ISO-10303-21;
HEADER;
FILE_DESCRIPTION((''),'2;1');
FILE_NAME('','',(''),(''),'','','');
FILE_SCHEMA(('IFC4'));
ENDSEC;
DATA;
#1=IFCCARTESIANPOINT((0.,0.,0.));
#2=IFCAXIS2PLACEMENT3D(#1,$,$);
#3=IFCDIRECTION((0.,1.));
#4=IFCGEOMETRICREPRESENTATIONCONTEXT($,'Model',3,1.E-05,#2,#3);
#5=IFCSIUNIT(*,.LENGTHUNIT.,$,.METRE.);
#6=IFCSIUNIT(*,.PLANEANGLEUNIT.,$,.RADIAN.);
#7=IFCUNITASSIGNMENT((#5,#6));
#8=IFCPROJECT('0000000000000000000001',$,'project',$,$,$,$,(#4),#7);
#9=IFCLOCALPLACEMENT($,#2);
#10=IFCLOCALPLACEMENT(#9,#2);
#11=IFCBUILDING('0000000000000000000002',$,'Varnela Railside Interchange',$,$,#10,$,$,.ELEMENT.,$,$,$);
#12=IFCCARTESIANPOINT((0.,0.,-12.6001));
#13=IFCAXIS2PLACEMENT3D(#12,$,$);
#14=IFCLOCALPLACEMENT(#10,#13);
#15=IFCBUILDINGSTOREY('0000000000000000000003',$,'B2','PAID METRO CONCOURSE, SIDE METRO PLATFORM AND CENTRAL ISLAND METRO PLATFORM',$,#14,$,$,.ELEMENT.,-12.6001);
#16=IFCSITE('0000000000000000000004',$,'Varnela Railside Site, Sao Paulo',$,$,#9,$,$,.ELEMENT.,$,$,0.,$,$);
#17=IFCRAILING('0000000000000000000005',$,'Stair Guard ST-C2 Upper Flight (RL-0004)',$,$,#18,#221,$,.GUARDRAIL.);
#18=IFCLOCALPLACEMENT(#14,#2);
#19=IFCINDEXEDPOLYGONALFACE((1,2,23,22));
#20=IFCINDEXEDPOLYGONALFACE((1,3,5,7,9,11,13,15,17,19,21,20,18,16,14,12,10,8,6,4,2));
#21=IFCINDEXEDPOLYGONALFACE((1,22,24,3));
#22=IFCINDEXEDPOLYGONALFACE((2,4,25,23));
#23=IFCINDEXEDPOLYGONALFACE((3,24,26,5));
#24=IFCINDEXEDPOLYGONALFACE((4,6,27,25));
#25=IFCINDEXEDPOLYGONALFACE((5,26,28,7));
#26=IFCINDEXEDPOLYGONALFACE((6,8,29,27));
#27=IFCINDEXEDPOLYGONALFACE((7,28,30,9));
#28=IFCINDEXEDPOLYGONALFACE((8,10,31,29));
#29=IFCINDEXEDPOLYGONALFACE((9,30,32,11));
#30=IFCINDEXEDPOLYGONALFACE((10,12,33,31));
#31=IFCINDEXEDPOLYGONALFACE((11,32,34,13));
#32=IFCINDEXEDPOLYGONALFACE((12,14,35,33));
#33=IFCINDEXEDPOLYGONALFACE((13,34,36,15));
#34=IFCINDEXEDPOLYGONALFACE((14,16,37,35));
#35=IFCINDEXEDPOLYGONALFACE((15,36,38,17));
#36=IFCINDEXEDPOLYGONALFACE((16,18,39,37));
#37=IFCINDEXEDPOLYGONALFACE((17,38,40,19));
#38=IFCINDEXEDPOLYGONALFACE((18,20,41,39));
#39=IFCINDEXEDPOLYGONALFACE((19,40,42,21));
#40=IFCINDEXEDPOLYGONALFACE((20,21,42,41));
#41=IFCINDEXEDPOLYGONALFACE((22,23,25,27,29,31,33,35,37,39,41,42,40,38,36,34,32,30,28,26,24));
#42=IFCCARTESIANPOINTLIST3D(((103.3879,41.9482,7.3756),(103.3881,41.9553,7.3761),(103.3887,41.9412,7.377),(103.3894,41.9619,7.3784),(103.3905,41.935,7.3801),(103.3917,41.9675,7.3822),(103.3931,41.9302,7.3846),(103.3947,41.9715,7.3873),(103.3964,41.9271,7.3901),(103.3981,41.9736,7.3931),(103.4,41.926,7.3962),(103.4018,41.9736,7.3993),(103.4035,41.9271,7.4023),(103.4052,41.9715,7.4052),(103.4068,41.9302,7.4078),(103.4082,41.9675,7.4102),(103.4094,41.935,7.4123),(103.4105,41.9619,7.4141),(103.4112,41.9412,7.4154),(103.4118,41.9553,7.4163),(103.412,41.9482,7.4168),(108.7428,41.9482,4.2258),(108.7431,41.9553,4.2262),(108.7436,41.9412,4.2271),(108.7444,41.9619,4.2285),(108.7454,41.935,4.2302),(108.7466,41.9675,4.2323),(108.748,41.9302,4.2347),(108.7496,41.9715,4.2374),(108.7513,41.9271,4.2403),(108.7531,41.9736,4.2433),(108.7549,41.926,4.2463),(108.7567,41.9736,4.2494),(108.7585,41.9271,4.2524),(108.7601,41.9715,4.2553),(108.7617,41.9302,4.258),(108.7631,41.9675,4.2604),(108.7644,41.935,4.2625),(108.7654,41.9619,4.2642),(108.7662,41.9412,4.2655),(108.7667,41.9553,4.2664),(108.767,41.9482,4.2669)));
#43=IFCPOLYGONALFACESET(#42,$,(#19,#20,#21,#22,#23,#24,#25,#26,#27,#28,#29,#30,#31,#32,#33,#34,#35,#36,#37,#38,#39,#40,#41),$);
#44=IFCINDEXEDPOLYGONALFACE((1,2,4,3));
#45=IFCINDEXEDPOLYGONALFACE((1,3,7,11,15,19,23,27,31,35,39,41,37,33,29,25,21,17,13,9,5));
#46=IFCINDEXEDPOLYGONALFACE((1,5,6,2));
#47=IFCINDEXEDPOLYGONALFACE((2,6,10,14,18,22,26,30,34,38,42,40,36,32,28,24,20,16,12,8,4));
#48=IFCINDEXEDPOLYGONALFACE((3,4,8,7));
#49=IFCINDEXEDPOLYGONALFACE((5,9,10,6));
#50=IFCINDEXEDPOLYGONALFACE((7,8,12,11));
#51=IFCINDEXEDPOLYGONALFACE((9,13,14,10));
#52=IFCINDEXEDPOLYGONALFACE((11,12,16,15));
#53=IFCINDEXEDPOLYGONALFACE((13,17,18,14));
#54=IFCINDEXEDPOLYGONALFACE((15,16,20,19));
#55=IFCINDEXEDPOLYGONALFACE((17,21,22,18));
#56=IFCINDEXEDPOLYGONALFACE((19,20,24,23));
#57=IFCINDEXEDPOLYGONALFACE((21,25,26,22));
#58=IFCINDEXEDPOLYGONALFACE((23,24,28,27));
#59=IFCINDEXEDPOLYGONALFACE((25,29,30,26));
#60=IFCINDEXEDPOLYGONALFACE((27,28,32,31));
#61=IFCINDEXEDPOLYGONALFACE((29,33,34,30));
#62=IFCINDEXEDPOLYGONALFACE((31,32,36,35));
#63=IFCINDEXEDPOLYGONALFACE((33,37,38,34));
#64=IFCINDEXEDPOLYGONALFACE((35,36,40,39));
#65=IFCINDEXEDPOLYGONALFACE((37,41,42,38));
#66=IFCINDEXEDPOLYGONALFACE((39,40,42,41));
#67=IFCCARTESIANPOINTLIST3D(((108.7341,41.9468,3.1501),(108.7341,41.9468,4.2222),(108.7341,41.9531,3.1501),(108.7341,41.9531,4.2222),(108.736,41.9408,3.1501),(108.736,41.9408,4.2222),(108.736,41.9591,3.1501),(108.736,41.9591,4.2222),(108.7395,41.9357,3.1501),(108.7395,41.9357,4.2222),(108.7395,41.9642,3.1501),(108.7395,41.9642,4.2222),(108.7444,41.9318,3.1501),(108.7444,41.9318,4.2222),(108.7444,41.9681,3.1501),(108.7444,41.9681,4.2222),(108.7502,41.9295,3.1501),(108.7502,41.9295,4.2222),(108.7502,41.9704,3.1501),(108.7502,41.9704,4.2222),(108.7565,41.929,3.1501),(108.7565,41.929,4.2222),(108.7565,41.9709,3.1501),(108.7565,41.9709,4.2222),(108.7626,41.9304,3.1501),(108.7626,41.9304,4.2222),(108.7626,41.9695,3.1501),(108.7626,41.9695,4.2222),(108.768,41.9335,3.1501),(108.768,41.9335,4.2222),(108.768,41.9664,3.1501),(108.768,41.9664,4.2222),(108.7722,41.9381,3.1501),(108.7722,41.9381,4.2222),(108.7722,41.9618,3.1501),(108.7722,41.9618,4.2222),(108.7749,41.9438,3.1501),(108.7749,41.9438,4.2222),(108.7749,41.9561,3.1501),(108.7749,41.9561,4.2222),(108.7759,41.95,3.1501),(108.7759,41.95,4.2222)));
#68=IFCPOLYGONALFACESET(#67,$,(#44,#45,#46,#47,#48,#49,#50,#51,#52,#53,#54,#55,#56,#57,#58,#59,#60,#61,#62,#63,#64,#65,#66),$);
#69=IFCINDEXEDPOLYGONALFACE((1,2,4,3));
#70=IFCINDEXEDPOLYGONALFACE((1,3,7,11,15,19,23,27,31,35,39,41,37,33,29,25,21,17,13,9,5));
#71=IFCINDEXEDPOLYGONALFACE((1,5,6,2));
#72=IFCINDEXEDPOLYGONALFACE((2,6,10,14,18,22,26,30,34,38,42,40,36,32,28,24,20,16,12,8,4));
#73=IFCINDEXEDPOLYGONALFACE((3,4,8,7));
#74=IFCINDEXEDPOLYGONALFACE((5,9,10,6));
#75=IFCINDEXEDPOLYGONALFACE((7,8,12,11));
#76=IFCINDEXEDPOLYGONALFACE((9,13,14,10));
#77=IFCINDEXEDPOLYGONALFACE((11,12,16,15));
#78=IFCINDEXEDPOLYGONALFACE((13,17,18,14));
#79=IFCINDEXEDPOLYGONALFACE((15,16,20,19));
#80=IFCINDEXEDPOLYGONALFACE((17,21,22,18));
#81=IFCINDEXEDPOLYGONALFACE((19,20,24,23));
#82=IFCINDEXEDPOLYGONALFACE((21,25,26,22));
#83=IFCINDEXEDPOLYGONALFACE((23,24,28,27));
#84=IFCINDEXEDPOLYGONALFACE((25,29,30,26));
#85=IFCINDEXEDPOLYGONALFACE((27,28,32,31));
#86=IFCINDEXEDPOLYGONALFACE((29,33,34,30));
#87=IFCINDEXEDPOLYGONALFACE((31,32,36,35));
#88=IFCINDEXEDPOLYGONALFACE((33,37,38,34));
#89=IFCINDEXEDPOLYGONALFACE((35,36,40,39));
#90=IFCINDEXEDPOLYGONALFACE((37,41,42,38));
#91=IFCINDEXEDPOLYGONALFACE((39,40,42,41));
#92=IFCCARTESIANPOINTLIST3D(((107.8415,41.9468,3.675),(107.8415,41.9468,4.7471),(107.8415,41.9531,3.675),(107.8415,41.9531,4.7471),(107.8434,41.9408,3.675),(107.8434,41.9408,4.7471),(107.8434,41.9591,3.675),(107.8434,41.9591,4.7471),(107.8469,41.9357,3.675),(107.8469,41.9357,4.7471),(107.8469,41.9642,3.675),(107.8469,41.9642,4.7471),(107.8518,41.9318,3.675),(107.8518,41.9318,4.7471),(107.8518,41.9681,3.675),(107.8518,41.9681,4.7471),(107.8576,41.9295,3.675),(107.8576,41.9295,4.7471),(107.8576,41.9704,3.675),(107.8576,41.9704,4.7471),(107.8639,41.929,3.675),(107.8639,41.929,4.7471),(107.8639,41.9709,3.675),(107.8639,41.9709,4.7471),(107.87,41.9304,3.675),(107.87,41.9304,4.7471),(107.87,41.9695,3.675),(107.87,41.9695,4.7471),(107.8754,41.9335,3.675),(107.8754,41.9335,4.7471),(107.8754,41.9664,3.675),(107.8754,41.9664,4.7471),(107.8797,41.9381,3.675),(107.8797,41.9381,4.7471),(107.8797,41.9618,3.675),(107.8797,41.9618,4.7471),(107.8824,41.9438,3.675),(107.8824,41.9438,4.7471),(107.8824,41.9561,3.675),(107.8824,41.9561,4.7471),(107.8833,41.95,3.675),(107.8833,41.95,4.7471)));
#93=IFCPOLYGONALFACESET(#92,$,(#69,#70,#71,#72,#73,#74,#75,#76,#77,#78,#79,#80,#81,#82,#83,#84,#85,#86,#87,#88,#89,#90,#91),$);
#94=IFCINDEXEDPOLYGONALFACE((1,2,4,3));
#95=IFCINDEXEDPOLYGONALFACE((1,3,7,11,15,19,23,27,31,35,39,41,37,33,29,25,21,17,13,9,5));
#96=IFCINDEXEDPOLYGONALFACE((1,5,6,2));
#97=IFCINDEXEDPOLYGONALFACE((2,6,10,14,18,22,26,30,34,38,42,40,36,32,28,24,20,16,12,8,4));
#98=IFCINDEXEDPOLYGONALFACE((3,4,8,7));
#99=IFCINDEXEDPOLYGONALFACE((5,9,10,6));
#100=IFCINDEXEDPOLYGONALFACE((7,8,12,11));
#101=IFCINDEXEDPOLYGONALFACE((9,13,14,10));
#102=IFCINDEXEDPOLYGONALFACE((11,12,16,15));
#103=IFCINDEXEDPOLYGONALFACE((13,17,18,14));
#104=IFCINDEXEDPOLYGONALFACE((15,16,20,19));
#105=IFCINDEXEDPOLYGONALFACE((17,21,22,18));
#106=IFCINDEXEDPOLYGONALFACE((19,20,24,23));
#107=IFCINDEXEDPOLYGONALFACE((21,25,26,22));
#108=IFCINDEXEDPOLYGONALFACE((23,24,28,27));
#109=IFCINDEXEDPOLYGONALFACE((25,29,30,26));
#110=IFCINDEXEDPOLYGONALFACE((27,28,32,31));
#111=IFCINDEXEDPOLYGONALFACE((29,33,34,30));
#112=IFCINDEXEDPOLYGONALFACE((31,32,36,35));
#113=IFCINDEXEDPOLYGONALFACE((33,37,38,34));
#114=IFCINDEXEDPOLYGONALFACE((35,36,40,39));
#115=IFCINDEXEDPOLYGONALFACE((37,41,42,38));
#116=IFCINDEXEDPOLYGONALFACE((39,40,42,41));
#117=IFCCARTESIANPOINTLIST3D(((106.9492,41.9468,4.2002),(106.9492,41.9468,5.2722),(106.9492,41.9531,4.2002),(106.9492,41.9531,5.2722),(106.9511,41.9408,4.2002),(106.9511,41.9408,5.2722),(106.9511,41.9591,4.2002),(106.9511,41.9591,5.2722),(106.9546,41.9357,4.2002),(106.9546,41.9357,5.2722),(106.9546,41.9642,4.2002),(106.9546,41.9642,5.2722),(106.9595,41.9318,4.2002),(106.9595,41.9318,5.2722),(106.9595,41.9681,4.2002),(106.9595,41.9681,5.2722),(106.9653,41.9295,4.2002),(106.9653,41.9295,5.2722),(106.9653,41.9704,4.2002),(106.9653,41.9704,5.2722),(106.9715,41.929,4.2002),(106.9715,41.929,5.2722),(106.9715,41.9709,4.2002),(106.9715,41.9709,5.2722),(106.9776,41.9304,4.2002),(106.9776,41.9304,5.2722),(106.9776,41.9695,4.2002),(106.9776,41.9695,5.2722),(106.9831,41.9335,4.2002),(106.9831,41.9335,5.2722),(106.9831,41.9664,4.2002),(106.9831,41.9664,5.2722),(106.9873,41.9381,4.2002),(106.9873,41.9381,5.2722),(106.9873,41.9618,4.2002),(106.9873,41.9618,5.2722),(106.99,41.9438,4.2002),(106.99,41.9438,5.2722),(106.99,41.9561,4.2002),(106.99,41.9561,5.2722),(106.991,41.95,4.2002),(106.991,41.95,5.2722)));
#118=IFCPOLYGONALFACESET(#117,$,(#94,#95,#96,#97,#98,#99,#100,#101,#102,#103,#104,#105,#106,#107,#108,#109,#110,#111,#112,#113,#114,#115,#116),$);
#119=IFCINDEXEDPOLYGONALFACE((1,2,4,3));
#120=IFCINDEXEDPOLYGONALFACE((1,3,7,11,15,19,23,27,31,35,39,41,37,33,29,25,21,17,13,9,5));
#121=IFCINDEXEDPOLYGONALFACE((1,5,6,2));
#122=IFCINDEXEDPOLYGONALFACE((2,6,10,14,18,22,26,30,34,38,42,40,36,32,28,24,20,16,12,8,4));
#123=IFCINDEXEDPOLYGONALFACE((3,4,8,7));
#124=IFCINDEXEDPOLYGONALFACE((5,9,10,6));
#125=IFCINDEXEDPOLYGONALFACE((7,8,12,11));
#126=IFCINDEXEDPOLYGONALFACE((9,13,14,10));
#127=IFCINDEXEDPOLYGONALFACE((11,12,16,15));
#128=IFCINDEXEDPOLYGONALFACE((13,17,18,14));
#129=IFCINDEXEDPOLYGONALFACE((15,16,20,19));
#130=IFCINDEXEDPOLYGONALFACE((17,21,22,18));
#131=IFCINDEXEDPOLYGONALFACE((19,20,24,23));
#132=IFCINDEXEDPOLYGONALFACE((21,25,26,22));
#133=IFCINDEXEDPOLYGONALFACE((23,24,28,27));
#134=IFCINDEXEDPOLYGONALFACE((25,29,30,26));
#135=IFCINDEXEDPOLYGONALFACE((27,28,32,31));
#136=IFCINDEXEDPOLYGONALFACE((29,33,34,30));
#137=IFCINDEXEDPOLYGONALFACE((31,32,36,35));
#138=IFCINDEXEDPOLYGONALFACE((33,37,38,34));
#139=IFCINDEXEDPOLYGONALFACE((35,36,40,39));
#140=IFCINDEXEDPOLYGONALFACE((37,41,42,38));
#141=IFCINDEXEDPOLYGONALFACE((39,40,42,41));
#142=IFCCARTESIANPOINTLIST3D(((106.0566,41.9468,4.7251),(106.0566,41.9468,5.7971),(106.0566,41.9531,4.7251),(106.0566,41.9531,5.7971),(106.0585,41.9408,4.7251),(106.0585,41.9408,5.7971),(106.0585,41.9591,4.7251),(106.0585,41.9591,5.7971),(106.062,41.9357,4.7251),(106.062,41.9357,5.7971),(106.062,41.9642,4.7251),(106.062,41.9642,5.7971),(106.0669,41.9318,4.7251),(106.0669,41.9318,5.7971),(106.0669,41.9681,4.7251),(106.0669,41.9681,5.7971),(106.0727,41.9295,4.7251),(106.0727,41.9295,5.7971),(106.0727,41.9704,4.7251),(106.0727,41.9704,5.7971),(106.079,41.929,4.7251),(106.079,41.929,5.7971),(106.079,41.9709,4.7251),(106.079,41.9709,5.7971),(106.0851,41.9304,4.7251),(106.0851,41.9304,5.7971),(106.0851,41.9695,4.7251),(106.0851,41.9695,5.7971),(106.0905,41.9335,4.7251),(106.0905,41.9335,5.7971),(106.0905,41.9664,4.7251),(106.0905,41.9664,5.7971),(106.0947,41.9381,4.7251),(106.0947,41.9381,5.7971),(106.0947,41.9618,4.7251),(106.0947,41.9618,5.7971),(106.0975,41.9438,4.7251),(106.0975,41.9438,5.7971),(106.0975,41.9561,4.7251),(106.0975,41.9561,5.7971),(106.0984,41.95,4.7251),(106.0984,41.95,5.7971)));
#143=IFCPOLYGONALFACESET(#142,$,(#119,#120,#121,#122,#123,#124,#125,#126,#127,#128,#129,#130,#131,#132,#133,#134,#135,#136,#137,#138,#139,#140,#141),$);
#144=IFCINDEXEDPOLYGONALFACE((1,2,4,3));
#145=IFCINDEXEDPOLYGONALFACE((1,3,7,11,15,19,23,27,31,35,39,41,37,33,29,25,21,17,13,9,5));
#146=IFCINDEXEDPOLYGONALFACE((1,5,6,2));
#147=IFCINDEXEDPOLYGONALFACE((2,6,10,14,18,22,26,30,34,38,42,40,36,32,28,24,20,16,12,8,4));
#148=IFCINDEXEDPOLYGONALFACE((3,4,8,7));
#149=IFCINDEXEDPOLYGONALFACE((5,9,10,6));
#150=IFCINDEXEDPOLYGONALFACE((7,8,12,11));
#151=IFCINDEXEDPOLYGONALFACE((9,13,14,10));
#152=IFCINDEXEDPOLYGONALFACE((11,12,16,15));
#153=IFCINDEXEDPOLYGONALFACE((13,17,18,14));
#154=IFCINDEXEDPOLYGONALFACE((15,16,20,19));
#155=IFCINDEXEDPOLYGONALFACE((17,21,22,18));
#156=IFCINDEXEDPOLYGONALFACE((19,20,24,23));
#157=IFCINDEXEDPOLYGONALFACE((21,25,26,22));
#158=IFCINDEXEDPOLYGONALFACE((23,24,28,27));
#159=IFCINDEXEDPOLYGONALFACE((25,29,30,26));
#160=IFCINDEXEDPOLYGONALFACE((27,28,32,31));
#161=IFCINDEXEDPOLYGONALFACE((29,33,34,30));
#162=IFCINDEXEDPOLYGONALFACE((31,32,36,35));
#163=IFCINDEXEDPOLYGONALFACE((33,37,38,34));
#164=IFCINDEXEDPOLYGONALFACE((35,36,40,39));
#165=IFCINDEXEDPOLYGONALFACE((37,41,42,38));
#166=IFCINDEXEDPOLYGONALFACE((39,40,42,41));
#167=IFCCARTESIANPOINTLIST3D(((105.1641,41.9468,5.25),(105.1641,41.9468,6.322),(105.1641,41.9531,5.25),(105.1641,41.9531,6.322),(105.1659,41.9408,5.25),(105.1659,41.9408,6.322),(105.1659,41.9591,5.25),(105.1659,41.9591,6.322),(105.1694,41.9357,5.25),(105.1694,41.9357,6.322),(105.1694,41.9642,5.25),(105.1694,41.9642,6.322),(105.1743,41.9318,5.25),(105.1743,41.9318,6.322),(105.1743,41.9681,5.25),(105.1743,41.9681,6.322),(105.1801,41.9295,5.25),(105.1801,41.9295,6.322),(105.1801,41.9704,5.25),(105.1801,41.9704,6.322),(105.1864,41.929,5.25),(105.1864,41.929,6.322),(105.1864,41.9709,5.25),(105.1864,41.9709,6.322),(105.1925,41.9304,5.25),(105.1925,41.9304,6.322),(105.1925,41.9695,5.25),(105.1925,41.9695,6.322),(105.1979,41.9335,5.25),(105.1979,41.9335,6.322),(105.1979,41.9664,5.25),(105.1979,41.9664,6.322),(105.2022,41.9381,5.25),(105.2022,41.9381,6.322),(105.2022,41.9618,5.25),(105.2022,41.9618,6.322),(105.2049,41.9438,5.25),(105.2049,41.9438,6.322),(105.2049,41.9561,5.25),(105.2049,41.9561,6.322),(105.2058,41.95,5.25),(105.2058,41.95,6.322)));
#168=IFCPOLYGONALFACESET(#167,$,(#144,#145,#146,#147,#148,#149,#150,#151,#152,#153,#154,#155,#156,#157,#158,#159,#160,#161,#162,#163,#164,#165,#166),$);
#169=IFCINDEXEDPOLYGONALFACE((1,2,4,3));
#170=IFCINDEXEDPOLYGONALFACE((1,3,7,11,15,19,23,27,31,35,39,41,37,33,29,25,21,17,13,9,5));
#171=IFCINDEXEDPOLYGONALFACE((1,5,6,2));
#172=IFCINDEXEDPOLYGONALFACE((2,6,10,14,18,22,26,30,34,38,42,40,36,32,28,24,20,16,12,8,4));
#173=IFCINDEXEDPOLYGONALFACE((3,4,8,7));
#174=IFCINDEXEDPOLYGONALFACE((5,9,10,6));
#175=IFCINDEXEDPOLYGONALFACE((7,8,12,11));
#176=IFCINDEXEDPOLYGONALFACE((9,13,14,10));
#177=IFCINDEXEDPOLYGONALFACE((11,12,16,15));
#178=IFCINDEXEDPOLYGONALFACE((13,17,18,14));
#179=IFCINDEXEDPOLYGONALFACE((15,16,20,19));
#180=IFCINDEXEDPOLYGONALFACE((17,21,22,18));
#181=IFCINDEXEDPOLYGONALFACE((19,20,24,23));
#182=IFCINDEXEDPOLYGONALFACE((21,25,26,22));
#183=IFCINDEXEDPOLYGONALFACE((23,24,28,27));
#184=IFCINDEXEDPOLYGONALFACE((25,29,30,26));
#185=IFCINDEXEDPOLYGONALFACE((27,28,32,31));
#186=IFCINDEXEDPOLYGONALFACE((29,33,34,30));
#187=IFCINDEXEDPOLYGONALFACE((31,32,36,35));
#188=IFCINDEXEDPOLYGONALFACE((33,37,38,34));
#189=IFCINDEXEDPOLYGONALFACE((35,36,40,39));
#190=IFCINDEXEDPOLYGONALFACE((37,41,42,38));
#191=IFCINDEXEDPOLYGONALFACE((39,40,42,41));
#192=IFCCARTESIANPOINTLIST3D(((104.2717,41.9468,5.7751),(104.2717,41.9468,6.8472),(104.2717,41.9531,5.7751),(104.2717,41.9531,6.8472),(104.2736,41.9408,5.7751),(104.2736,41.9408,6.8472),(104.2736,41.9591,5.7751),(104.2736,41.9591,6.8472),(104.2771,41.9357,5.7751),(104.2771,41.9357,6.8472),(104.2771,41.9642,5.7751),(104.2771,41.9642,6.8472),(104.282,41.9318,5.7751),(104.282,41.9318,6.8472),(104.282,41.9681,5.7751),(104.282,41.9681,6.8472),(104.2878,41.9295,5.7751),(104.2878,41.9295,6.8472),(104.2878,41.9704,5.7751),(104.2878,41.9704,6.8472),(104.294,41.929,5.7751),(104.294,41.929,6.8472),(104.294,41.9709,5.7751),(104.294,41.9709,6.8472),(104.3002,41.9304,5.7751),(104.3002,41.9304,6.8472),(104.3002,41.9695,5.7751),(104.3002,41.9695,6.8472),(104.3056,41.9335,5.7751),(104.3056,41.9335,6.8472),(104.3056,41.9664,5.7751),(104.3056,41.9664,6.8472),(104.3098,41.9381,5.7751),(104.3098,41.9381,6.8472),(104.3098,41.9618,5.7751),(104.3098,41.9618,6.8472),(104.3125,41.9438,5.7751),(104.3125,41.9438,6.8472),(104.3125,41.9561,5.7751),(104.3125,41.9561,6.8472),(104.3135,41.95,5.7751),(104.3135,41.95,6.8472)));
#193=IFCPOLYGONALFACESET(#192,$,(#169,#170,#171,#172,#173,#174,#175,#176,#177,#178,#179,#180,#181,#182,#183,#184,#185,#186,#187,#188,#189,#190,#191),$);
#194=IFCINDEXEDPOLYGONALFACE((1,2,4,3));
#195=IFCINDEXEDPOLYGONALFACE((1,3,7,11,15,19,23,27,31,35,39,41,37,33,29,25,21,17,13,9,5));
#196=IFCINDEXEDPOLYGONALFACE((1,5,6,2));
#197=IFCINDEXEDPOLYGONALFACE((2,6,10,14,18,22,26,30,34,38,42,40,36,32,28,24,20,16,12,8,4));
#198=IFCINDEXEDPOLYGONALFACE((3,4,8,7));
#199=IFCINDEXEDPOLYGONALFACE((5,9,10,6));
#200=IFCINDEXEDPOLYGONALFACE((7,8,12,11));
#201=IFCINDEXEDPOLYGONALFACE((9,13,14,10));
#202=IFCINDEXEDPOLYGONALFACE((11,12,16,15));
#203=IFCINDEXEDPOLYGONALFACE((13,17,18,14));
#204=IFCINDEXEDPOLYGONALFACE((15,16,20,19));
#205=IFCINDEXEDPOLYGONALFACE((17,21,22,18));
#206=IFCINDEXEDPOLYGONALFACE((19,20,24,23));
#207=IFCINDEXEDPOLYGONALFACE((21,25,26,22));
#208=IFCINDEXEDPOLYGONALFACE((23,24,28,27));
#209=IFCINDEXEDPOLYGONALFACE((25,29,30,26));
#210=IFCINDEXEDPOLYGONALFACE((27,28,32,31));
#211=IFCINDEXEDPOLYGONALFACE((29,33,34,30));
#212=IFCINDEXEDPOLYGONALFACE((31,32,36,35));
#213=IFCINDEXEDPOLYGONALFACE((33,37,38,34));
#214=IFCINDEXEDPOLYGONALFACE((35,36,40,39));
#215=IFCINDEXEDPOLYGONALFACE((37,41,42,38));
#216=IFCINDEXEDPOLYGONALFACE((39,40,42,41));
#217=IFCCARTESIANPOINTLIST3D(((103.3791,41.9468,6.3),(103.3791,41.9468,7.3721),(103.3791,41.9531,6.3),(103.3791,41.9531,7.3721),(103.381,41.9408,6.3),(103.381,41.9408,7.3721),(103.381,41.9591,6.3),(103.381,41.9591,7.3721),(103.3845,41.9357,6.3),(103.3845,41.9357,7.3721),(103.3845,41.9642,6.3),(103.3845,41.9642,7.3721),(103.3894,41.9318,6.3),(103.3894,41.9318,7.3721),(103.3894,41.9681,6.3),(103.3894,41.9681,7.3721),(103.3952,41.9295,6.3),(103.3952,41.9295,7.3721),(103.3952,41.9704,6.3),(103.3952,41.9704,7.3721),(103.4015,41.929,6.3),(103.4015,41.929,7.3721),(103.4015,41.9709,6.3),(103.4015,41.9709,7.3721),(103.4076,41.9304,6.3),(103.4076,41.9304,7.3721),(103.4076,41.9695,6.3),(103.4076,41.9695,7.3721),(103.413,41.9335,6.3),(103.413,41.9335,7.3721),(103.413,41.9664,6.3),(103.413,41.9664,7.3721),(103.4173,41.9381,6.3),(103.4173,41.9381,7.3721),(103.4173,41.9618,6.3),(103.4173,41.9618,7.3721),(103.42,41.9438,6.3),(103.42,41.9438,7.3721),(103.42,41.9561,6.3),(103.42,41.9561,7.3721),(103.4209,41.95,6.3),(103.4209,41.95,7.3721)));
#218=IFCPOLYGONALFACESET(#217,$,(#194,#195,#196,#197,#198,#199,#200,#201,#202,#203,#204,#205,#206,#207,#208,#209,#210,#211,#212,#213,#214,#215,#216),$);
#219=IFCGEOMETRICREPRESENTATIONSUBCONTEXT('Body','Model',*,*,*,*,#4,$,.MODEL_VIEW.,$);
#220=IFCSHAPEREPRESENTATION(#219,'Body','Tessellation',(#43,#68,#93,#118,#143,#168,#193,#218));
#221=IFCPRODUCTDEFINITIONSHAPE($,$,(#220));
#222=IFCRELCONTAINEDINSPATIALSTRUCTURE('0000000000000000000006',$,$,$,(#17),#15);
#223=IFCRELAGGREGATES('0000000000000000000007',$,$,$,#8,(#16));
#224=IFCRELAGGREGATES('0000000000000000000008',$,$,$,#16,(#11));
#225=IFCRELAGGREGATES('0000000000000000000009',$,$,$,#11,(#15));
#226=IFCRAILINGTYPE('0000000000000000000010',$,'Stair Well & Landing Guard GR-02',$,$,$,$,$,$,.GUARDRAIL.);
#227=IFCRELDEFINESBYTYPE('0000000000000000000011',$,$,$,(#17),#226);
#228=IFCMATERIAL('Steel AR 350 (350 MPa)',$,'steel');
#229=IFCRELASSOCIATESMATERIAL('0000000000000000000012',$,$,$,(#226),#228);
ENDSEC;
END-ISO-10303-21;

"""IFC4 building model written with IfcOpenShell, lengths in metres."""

from ifc_helpers import new_model, si_unit, direction, frame, origin, origin_2d, place, context, subcontext, project, spatial, circle, extrude, material, type_object, element, save


model = new_model("IFC4")

# Units and contexts
model_context = context("Model", 3, precision=1e-05, world=origin(), true_north=direction((0.0, 1.0)))
body_context = subcontext(model_context, "Body", "Model", "MODEL_VIEW")
ifc_project = project(units=[si_unit("LENGTHUNIT", "METRE"), si_unit("PLANEANGLEUNIT", "RADIAN")], contexts=[model_context])

# Site, building, storey
site_placement = place(None, origin())
site = spatial("IfcSite", under=ifc_project, at=site_placement, Name="Varnela Railside Site, Sao Paulo", CompositionType="ELEMENT", RefElevation=0.0)
building_placement = place(site_placement, origin())
building = spatial("IfcBuilding", under=site, at=building_placement, Name="Varnela Railside Interchange", CompositionType="ELEMENT")
storey_placement = place(building_placement, frame((0.0, 0.0, -12.6001)))
storey = spatial("IfcBuildingStorey", under=building, at=storey_placement, Name="B2", Description="PAID METRO CONCOURSE, SIDE METRO PLATFORM AND CENTRAL ISLAND METRO PLATFORM", CompositionType="ELEMENT", Elevation=-12.6001)

# Shared definitions
ifc_material_1 = material(Name="Steel AR 350 (350 MPa)", Category="steel")

# Railing
railing_type_1 = type_object("IfcRailingType", Name="Stair Well & Landing Guard GR-02", PredefinedType="GUARDRAIL", material=ifc_material_1)
railing_1_placement = place(storey_placement, frame((108.7549, 41.95, 3.1501)))
element("IfcRailing", 1, at=railing_1_placement, inside=storey, type_object=railing_type_1, Name="Stair Guard ST-C2 Upper Flight (RL-0004)", PredefinedType="GUARDRAIL", context=body_context, shape_type="SweptSolid", body=[
    extrude(circle(Radius=0.0239, at=origin_2d()), frame((0.0, 0.0, 1.0962), z_axis=(-0.86194, 0.0, 0.50701), x_axis=(0.0, -1.0, 0.0)), (0.0, 0.0, 1.0), 6.2126),
    extrude(circle(Radius=0.021, at=origin_2d()), origin(), (0.0, 0.0, 1.0), 1.072),
    extrude(circle(Radius=0.021, at=origin_2d()), frame((-0.8926, 0.0, 0.5249)), (0.0, 0.0, 1.0), 1.072),
    extrude(circle(Radius=0.021, at=origin_2d()), frame((-1.7849, 0.0, 1.05)), (0.0, 0.0, 1.0), 1.072),
    extrude(circle(Radius=0.021, at=origin_2d()), frame((-2.6775, 0.0, 1.575)), (0.0, 0.0, 1.0), 1.072),
    extrude(circle(Radius=0.021, at=origin_2d()), frame((-3.5701, 0.0, 2.0999)), (0.0, 0.0, 1.0), 1.072),
    extrude(circle(Radius=0.021, at=origin_2d()), frame((-4.4624, 0.0, 2.625)), (0.0, 0.0, 1.0), 1.072),
    extrude(circle(Radius=0.021, at=origin_2d()), frame((-5.355, 0.0, 3.1499)), (0.0, 0.0, 1.0), 1.072),
])

save(model, "model.ifc")
